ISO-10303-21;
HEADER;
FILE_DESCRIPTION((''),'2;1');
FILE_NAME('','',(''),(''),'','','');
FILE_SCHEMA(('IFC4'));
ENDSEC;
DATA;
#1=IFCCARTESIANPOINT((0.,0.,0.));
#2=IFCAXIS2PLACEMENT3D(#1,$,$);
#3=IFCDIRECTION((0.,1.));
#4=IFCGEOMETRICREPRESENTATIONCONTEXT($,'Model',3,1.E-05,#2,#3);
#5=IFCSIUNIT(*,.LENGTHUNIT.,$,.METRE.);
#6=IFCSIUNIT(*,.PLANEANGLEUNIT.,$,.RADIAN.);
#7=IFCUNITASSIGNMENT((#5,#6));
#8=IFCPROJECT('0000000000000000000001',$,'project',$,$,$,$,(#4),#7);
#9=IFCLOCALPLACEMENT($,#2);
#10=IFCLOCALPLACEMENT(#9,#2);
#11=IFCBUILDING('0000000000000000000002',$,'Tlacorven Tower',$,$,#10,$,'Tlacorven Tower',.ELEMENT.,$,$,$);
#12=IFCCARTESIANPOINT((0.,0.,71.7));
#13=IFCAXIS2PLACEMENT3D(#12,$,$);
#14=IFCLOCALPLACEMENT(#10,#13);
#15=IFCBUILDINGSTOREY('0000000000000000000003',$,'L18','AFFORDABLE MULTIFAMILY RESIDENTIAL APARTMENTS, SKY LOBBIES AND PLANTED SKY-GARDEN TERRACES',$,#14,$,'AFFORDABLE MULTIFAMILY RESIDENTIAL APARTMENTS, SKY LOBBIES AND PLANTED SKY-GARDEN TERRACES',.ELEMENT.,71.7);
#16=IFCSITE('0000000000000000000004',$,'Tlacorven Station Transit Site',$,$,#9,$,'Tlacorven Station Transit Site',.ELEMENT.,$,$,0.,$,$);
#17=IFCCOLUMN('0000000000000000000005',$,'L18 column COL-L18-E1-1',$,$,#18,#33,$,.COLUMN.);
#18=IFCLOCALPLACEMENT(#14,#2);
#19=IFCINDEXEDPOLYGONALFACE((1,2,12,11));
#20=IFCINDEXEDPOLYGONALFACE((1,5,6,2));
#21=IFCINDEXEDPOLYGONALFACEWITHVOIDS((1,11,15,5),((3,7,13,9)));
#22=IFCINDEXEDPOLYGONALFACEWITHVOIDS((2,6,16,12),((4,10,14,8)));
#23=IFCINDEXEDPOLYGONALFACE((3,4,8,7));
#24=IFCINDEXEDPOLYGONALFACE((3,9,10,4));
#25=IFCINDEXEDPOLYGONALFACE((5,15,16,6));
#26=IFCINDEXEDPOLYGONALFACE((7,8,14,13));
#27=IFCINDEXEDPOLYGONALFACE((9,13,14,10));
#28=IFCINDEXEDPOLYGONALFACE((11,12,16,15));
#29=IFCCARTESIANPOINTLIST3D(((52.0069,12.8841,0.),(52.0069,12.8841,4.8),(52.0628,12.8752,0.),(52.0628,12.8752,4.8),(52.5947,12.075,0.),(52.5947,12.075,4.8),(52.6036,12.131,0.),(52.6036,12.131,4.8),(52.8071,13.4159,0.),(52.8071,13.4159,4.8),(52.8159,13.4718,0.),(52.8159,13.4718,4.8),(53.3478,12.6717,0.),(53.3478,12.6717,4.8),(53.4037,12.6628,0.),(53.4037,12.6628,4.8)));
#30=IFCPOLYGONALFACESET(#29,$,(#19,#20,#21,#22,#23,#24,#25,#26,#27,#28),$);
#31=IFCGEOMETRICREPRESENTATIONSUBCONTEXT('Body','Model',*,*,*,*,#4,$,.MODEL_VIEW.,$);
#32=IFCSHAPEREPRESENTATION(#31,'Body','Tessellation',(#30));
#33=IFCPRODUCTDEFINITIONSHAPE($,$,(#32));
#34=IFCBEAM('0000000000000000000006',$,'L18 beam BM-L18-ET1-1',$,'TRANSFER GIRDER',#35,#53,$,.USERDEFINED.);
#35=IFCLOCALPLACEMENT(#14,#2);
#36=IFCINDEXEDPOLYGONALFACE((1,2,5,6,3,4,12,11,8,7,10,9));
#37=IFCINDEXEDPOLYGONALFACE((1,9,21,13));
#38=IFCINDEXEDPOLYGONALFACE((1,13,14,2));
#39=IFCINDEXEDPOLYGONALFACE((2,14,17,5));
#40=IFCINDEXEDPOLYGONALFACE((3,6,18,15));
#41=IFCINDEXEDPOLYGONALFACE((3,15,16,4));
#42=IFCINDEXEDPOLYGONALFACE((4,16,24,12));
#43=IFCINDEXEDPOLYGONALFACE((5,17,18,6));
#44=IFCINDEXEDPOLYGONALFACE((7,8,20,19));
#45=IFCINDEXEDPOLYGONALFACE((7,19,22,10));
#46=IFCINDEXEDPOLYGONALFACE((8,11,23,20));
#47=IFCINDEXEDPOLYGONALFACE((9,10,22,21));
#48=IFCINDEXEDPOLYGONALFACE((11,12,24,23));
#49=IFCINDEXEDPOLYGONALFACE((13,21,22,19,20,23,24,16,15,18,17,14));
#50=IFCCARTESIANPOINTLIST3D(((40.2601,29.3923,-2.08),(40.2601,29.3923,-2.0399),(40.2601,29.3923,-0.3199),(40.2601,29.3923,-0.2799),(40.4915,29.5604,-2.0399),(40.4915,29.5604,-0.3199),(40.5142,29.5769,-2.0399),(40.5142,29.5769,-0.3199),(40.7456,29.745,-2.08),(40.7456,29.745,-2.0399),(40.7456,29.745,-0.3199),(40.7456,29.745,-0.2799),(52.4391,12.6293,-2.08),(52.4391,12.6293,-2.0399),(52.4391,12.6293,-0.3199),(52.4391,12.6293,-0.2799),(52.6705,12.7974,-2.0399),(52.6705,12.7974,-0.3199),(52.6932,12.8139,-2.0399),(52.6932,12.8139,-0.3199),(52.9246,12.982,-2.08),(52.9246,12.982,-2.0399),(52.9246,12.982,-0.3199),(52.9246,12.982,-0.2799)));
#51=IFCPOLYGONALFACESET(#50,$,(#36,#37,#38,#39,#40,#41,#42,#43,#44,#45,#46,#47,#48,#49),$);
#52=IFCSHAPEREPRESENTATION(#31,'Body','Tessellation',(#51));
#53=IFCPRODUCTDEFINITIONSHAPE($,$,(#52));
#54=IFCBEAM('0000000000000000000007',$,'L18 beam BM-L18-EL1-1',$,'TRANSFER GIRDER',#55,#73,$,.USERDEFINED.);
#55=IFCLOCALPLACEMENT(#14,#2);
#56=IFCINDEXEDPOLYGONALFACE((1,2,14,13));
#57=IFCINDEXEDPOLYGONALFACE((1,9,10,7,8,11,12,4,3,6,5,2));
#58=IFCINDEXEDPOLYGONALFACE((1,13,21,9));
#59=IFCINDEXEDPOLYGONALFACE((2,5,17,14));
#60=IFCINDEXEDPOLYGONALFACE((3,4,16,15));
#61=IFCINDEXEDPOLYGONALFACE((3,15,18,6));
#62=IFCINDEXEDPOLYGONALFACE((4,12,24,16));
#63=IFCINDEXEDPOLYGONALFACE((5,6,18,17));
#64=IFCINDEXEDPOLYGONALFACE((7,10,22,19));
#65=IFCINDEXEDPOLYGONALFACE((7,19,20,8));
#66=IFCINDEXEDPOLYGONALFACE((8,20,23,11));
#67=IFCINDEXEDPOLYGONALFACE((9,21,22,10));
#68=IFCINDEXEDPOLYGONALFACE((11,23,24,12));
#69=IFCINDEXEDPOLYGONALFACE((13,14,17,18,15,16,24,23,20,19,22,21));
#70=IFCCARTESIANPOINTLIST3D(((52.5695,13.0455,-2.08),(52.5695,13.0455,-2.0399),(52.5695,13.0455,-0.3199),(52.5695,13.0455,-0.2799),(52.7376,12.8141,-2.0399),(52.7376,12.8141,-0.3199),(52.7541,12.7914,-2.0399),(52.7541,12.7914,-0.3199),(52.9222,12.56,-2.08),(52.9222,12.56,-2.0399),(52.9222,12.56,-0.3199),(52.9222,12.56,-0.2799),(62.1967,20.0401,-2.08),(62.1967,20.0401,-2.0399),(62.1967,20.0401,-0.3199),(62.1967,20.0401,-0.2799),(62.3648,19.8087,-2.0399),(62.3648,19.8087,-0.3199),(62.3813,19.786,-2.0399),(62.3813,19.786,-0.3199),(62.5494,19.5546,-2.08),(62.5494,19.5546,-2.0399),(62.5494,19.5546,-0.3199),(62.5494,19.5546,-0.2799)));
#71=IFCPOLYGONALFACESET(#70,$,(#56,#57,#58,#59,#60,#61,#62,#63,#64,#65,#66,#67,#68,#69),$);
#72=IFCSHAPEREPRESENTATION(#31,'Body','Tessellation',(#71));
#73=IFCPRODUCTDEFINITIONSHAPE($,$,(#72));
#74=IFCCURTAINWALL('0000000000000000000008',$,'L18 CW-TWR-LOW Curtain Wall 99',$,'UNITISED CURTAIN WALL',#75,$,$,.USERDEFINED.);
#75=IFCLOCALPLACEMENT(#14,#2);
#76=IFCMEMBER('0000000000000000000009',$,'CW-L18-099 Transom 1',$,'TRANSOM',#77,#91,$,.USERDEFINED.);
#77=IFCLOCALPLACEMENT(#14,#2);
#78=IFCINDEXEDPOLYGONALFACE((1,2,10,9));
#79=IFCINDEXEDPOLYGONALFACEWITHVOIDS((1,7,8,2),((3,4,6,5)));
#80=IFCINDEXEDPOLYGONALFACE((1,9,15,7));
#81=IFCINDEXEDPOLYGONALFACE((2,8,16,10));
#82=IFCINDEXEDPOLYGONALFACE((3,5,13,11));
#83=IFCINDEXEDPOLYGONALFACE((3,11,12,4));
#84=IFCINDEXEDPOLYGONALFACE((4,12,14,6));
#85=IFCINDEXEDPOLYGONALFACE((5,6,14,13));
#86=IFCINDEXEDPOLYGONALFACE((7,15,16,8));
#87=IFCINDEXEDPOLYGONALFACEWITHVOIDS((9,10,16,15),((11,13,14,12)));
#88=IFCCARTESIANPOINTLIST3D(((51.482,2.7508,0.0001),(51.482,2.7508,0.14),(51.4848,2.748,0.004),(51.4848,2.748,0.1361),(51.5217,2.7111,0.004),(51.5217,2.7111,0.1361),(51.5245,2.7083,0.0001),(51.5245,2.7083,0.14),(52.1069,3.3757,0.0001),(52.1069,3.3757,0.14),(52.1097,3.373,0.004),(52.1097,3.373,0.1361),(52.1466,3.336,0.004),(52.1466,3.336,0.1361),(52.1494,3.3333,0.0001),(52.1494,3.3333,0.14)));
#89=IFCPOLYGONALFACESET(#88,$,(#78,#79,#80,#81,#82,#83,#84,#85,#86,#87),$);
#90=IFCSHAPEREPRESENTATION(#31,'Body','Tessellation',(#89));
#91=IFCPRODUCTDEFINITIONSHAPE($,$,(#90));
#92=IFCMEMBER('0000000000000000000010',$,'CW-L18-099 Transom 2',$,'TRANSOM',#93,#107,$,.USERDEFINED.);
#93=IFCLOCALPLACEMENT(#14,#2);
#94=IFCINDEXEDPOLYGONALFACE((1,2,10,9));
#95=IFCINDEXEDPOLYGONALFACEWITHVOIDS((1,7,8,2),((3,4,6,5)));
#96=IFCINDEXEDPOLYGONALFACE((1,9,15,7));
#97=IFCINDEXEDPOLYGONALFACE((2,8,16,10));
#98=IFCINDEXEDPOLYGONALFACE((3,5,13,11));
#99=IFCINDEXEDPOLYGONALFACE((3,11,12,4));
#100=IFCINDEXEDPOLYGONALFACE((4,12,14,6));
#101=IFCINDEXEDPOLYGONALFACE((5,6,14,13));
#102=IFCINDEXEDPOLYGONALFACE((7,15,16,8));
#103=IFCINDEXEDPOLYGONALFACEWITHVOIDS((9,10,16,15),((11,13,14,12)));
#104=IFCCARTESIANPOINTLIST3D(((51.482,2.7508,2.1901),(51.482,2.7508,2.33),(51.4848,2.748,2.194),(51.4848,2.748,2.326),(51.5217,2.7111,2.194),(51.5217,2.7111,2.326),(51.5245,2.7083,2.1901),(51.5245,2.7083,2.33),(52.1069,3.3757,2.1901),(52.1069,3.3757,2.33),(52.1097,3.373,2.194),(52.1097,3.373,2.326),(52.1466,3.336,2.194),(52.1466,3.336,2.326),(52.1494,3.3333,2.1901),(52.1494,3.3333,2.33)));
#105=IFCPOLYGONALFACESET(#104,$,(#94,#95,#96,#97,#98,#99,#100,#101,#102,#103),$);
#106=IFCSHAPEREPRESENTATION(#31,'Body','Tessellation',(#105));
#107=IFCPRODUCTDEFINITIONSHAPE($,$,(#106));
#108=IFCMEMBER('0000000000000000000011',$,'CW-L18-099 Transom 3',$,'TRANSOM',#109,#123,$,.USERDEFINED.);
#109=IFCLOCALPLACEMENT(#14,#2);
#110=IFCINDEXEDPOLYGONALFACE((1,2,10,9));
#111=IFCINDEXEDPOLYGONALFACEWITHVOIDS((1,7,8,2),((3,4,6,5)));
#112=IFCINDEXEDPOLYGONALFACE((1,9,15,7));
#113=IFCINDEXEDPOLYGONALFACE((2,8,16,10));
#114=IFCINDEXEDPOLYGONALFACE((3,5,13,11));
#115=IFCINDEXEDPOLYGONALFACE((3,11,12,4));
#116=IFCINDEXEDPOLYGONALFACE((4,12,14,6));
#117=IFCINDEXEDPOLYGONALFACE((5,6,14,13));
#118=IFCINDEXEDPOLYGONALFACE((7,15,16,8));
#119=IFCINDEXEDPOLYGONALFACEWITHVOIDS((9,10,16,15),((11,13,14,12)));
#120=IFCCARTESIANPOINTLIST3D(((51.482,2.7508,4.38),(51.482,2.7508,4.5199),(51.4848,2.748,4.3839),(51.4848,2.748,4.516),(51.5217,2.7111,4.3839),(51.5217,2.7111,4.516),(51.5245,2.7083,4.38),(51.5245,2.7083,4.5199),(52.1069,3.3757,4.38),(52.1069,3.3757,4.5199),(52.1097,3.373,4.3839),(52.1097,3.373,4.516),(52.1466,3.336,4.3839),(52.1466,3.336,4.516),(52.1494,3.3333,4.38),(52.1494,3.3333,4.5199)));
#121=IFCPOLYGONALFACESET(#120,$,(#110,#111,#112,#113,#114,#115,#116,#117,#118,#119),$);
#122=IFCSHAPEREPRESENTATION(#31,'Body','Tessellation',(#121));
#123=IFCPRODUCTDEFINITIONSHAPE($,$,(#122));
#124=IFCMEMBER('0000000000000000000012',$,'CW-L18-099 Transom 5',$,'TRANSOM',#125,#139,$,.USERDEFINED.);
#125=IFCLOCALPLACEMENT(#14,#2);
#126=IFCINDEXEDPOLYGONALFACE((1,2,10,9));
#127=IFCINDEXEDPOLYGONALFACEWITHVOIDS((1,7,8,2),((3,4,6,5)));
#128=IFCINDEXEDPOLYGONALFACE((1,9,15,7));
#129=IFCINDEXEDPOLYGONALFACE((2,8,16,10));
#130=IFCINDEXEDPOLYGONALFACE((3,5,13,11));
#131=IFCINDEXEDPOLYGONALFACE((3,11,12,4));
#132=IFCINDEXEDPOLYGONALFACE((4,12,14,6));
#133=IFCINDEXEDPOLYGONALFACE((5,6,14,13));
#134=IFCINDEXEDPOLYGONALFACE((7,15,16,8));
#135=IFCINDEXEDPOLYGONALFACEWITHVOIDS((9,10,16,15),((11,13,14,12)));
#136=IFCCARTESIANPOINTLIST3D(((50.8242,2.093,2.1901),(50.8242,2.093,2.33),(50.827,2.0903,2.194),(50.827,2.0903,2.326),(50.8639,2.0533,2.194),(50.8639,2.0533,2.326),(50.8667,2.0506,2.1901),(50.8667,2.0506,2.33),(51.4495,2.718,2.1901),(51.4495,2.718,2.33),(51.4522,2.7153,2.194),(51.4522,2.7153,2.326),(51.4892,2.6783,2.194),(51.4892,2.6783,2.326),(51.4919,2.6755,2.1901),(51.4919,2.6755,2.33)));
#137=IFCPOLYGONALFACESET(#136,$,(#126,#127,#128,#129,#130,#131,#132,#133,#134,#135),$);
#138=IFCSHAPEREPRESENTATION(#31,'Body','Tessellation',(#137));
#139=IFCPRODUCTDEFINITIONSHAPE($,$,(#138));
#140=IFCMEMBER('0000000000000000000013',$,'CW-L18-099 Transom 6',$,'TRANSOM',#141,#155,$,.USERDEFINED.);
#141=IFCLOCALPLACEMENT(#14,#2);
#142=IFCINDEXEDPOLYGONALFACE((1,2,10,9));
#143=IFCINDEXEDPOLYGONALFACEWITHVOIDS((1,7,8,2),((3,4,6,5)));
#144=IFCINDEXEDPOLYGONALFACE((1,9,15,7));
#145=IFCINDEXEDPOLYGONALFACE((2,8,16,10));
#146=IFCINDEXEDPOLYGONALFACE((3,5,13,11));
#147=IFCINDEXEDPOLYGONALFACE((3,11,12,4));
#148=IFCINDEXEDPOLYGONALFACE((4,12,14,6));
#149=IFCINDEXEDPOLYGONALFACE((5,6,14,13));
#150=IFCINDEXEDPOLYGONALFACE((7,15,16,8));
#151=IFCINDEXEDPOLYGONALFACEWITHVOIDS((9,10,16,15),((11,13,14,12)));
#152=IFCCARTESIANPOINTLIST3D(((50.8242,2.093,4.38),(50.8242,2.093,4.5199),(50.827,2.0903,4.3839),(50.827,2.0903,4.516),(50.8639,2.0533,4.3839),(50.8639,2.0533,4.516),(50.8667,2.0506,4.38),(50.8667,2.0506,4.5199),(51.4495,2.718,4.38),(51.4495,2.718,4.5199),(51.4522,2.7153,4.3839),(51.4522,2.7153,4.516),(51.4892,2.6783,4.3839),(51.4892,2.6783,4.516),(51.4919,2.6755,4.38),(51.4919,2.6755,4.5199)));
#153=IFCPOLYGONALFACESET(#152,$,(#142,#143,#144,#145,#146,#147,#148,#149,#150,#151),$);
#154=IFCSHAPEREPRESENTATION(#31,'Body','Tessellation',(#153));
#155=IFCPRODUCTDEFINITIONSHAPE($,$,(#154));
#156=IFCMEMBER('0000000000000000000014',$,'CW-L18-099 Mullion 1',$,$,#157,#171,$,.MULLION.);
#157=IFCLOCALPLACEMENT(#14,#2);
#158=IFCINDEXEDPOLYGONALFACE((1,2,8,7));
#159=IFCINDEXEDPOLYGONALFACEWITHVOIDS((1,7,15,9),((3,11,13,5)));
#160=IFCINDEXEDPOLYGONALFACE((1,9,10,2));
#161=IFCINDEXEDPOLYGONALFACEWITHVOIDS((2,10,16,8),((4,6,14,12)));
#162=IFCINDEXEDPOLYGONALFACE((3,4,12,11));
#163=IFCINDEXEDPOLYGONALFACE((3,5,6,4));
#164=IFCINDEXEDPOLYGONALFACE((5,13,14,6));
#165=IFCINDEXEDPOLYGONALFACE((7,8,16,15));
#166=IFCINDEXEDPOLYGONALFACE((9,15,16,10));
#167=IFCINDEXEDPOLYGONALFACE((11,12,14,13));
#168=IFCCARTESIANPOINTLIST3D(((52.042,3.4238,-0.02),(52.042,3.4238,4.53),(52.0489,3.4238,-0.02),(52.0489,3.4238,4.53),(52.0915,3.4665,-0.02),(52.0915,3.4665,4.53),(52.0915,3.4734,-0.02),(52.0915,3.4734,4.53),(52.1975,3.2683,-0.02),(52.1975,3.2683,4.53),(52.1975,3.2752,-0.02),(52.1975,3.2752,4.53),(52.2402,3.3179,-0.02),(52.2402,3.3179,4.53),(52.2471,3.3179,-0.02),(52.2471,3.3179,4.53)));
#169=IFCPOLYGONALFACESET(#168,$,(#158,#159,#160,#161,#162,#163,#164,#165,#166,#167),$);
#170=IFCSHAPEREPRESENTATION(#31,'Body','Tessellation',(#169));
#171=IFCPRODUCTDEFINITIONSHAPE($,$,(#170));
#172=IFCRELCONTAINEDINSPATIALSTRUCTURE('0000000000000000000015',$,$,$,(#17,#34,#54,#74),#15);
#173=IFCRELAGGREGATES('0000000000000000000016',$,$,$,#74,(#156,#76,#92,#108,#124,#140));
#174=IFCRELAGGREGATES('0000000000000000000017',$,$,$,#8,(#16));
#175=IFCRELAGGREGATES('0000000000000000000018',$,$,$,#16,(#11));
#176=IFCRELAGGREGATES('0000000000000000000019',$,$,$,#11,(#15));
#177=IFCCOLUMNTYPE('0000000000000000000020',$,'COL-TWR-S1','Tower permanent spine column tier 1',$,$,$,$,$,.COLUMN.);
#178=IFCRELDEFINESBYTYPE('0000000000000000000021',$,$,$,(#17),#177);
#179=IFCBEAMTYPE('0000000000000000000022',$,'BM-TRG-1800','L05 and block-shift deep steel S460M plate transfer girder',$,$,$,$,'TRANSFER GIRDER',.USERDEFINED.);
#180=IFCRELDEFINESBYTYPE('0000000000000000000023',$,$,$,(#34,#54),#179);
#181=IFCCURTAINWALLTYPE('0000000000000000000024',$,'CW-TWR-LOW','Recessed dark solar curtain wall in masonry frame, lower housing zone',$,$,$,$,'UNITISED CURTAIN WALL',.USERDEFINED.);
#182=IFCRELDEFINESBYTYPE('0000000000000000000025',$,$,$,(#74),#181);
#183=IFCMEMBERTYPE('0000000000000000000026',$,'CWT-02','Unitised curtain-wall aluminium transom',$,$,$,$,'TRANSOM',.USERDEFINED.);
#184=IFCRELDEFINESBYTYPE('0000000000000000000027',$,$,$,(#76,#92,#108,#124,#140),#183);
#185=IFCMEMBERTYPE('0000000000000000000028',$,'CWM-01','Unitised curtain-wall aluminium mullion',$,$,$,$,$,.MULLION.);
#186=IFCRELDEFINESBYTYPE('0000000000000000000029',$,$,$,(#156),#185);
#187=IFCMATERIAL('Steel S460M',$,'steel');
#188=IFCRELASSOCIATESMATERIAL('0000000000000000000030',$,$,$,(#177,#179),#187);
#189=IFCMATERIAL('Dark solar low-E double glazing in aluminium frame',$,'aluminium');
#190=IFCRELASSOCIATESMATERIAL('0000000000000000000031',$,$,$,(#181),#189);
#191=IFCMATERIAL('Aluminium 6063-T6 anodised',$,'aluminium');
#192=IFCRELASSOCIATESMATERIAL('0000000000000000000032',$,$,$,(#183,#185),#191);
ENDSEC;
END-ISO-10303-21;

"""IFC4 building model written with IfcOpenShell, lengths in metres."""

from ifc_helpers import new_model, si_unit, direction, frame, origin, origin_2d, place, context, subcontext, project, spatial, hollow_rectangle, i_section, extrude, source, transform, mapped, material, material_profile, profile_set, type_object, element, aggregate, save


model = new_model("IFC4")

# Units and contexts
model_context = context("Model", 3, precision=1e-05, world=origin(), true_north=direction((0.0, 1.0)))
body_context = subcontext(model_context, "Body", "Model", "MODEL_VIEW")
ifc_project = project(units=[si_unit("LENGTHUNIT", "METRE"), si_unit("PLANEANGLEUNIT", "RADIAN")], contexts=[model_context])

# Site, building, storey
site_placement = place(None, origin())
site = spatial("IfcSite", under=ifc_project, at=site_placement, Name="Tlacorven Station Transit Site", LongName="Tlacorven Station Transit Site", CompositionType="ELEMENT", RefElevation=0.0)
building_placement = place(site_placement, origin())
building = spatial("IfcBuilding", under=site, at=building_placement, Name="Tlacorven Tower", LongName="Tlacorven Tower", CompositionType="ELEMENT")
storey_placement = place(building_placement, frame((0.0, 0.0, 71.7)))
storey = spatial("IfcBuildingStorey", under=building, at=storey_placement, Name="L18", Description="AFFORDABLE MULTIFAMILY RESIDENTIAL APARTMENTS, SKY LOBBIES AND PLANTED SKY-GARDEN TERRACES", LongName="AFFORDABLE MULTIFAMILY RESIDENTIAL APARTMENTS, SKY LOBBIES AND PLANTED SKY-GARDEN TERRACES", CompositionType="ELEMENT", Elevation=71.7)

# Column
ifc_material_1 = material(Name="Steel S460M", Category="steel")
ifc_material_profile_1 = material_profile(ifc_material_1, hollow_rectangle(XDim=1.0, YDim=1.0, WallThickness=0.04, at=origin_2d()), Name="BOX 1000X1000X40")
ifc_profile_set_1 = profile_set([ifc_material_profile_1], Name="Steel S460M")
column_type = type_object("IfcColumnType", Name="COL-TWR-S1", Description="Tower permanent spine column tier 1", PredefinedType="COLUMN", material=ifc_profile_set_1)
shared_shape_1 = source(origin(), body_context, "Body", "SweptSolid", [
    extrude(hollow_rectangle(XDim=1.0, YDim=1.0, WallThickness=0.04, at=origin_2d()), origin(), (0.0, 0.0, 1.0), 4.8),
])
column_placement = place(storey_placement, frame((52.7053, 12.7734, 0.0), z_axis=(0.0, 0.0, 1.0), x_axis=(0.809017, 0.587785, 0.0)))
element("IfcColumn", 1, at=column_placement, inside=storey, type_object=column_type, Name="L18 column COL-L18-E1-1", PredefinedType="COLUMN", context=body_context, shape_type="MappedRepresentation", body=[
    mapped(shared_shape_1, transform((0.0, 0.0, 0.0), scale=1.0)),
])

# Beams
ifc_material_profile_2 = material_profile(ifc_material_1, i_section(OverallWidth=0.6001, OverallDepth=1.8, WebThickness=0.0281, FlangeThickness=0.04, at=origin_2d()), Name="PG 1800X600X28X40")
ifc_profile_set_2 = profile_set([ifc_material_profile_2], Name="Steel S460M")
beam_type = type_object("IfcBeamType", Name="BM-TRG-1800", Description="L05 and block-shift deep steel S460M plate transfer girder", ElementType="TRANSFER GIRDER", PredefinedType="USERDEFINED", material=ifc_profile_set_2)
shared_shape_2 = source(origin(), body_context, "Body", "SweptSolid", [
    extrude(i_section(OverallWidth=0.6001, OverallDepth=1.8, WebThickness=0.0281, FlangeThickness=0.04, at=origin_2d()), origin(), (0.0, 0.0, 1.0), 20.7202),
])
beam_1_placement = place(storey_placement, frame((52.6819, 12.8057, -1.1799), z_axis=(-0.587784, 0.809018, 0.0), x_axis=(-0.809018, -0.587784, 0.0)))
element("IfcBeam", 2, at=beam_1_placement, inside=storey, type_object=beam_type, Name="L18 beam BM-L18-ET1-1", ObjectType="TRANSFER GIRDER", PredefinedType="USERDEFINED", context=body_context, shape_type="MappedRepresentation", body=[
    mapped(shared_shape_2, transform((0.0, 0.0, 0.0), scale=1.0)),
])
shared_shape_3 = source(origin(), body_context, "Body", "SweptSolid", [
    extrude(i_section(OverallWidth=0.6001, OverallDepth=1.8, WebThickness=0.0281, FlangeThickness=0.04, at=origin_2d()), origin(), (0.0, 0.0, 1.0), 11.8999),
])
beam_2_placement = place(storey_placement, frame((52.7458, 12.8027, -1.1799), z_axis=(0.809015, 0.587789, 0.0), x_axis=(-0.587789, 0.809015, 0.0)))
element("IfcBeam", 3, at=beam_2_placement, inside=storey, type_object=beam_type, Name="L18 beam BM-L18-EL1-1", ObjectType="TRANSFER GIRDER", PredefinedType="USERDEFINED", context=body_context, shape_type="MappedRepresentation", body=[
    mapped(shared_shape_3, transform((0.0, 0.0, 0.0), scale=1.0)),
])

# Curtain wall, members
ifc_material_2 = material(Name="Dark solar low-E double glazing in aluminium frame", Category="aluminium")
curtain_wall_type = type_object("IfcCurtainWallType", Name="CW-TWR-LOW", Description="Recessed dark solar curtain wall in masonry frame, lower housing zone", ElementType="UNITISED CURTAIN WALL", PredefinedType="USERDEFINED", material=ifc_material_2)
curtain_wall_placement = place(storey_placement, origin())
curtain_wall = element("IfcCurtainWall", 4, at=curtain_wall_placement, inside=storey, type_object=curtain_wall_type, Name="L18 CW-TWR-LOW Curtain Wall 99", ObjectType="UNITISED CURTAIN WALL", PredefinedType="USERDEFINED")
ifc_material_3 = material(Name="Aluminium 6063-T6 anodised", Category="aluminium")
ifc_material_profile_3 = material_profile(ifc_material_3, hollow_rectangle(XDim=0.0601, YDim=0.1399, WallThickness=0.0039, at=origin_2d()), Name="ALU TRANSOM 60X140")
ifc_profile_set_3 = profile_set([ifc_material_profile_3], Name="Aluminium 6063-T6 anodised")
member_type_1 = type_object("IfcMemberType", Name="CWT-02", Description="Unitised curtain-wall aluminium transom", ElementType="TRANSOM", PredefinedType="USERDEFINED", material=ifc_profile_set_3)
shared_shape_4 = source(origin(), body_context, "Body", "SweptSolid", [
    extrude(hollow_rectangle(XDim=0.0601, YDim=0.1399, WallThickness=0.0039, at=origin_2d()), origin(), (0.0, 0.0, 1.0), 0.8838),
])
member_1_placement = place(storey_placement, frame((52.1282, 3.3545, 0.0701), z_axis=(-0.707107, -0.707107, 0.0), x_axis=(0.707107, -0.707107, 0.0)))
member_1 = element("IfcMember", 5, at=member_1_placement, type_object=member_type_1, Name="CW-L18-099 Transom 1", ObjectType="TRANSOM", PredefinedType="USERDEFINED", context=body_context, shape_type="MappedRepresentation", body=[
    mapped(shared_shape_4, transform((0.0, 0.0, 0.0), scale=1.0)),
])
member_2_placement = place(storey_placement, frame((52.1282, 3.3545, 2.26), z_axis=(-0.707107, -0.707107, 0.0), x_axis=(0.707107, -0.707107, 0.0)))
member_2 = element("IfcMember", 6, at=member_2_placement, type_object=member_type_1, Name="CW-L18-099 Transom 2", ObjectType="TRANSOM", PredefinedType="USERDEFINED", context=body_context, shape_type="MappedRepresentation", body=[
    mapped(shared_shape_4, transform((0.0, 0.0, 0.0), scale=1.0)),
])
member_3_placement = place(storey_placement, frame((52.1282, 3.3545, 4.45), z_axis=(-0.707107, -0.707107, 0.0), x_axis=(0.707107, -0.707107, 0.0)))
member_3 = element("IfcMember", 7, at=member_3_placement, type_object=member_type_1, Name="CW-L18-099 Transom 3", ObjectType="TRANSOM", PredefinedType="USERDEFINED", context=body_context, shape_type="MappedRepresentation", body=[
    mapped(shared_shape_4, transform((0.0, 0.0, 0.0), scale=1.0)),
])
shared_shape_5 = source(origin(), body_context, "Body", "SweptSolid", [
    extrude(hollow_rectangle(XDim=0.0601, YDim=0.1399, WallThickness=0.0039, at=origin_2d()), origin(), (0.0, 0.0, 1.0), 0.884),
])
member_4_placement = place(storey_placement, frame((51.4707, 2.6968, 2.26), z_axis=(-0.707245, -0.706969, 0.0), x_axis=(0.706969, -0.707245, 0.0)))
member_4 = element("IfcMember", 8, at=member_4_placement, type_object=member_type_1, Name="CW-L18-099 Transom 5", ObjectType="TRANSOM", PredefinedType="USERDEFINED", context=body_context, shape_type="MappedRepresentation", body=[
    mapped(shared_shape_5, transform((0.0, 0.0, 0.0), scale=1.0)),
])
member_5_placement = place(storey_placement, frame((51.4707, 2.6968, 4.45), z_axis=(-0.707245, -0.706969, 0.0), x_axis=(0.706969, -0.707245, 0.0)))
member_5 = element("IfcMember", 9, at=member_5_placement, type_object=member_type_1, Name="CW-L18-099 Transom 6", ObjectType="TRANSOM", PredefinedType="USERDEFINED", context=body_context, shape_type="MappedRepresentation", body=[
    mapped(shared_shape_5, transform((0.0, 0.0, 0.0), scale=1.0)),
])
ifc_material_profile_4 = material_profile(ifc_material_3, hollow_rectangle(XDim=0.0701, YDim=0.22, WallThickness=0.0049, at=origin_2d()), Name="ALU MULLION 70X220")
ifc_profile_set_4 = profile_set([ifc_material_profile_4], Name="Aluminium 6063-T6 anodised")
member_type_2 = type_object("IfcMemberType", Name="CWM-01", Description="Unitised curtain-wall aluminium mullion", PredefinedType="MULLION", material=ifc_profile_set_4)
shared_shape_6 = source(origin(), body_context, "Body", "SweptSolid", [
    extrude(hollow_rectangle(XDim=0.0701, YDim=0.22, WallThickness=0.0049, at=origin_2d()), origin(), (0.0, 0.0, 1.0), 4.55),
])
member_6_placement = place(storey_placement, frame((52.1445, 3.3708, -0.02), z_axis=(0.0, 0.0, 1.0), x_axis=(-0.707107, -0.707107, 0.0)))
member_6 = element("IfcMember", 10, at=member_6_placement, type_object=member_type_2, Name="CW-L18-099 Mullion 1", PredefinedType="MULLION", context=body_context, shape_type="MappedRepresentation", body=[
    mapped(shared_shape_6, transform((0.0, 0.0, 0.0), scale=1.0)),
])
aggregate(curtain_wall, [member_6, member_1, member_2, member_3, member_4, member_5])

save(model, "model.ifc")
